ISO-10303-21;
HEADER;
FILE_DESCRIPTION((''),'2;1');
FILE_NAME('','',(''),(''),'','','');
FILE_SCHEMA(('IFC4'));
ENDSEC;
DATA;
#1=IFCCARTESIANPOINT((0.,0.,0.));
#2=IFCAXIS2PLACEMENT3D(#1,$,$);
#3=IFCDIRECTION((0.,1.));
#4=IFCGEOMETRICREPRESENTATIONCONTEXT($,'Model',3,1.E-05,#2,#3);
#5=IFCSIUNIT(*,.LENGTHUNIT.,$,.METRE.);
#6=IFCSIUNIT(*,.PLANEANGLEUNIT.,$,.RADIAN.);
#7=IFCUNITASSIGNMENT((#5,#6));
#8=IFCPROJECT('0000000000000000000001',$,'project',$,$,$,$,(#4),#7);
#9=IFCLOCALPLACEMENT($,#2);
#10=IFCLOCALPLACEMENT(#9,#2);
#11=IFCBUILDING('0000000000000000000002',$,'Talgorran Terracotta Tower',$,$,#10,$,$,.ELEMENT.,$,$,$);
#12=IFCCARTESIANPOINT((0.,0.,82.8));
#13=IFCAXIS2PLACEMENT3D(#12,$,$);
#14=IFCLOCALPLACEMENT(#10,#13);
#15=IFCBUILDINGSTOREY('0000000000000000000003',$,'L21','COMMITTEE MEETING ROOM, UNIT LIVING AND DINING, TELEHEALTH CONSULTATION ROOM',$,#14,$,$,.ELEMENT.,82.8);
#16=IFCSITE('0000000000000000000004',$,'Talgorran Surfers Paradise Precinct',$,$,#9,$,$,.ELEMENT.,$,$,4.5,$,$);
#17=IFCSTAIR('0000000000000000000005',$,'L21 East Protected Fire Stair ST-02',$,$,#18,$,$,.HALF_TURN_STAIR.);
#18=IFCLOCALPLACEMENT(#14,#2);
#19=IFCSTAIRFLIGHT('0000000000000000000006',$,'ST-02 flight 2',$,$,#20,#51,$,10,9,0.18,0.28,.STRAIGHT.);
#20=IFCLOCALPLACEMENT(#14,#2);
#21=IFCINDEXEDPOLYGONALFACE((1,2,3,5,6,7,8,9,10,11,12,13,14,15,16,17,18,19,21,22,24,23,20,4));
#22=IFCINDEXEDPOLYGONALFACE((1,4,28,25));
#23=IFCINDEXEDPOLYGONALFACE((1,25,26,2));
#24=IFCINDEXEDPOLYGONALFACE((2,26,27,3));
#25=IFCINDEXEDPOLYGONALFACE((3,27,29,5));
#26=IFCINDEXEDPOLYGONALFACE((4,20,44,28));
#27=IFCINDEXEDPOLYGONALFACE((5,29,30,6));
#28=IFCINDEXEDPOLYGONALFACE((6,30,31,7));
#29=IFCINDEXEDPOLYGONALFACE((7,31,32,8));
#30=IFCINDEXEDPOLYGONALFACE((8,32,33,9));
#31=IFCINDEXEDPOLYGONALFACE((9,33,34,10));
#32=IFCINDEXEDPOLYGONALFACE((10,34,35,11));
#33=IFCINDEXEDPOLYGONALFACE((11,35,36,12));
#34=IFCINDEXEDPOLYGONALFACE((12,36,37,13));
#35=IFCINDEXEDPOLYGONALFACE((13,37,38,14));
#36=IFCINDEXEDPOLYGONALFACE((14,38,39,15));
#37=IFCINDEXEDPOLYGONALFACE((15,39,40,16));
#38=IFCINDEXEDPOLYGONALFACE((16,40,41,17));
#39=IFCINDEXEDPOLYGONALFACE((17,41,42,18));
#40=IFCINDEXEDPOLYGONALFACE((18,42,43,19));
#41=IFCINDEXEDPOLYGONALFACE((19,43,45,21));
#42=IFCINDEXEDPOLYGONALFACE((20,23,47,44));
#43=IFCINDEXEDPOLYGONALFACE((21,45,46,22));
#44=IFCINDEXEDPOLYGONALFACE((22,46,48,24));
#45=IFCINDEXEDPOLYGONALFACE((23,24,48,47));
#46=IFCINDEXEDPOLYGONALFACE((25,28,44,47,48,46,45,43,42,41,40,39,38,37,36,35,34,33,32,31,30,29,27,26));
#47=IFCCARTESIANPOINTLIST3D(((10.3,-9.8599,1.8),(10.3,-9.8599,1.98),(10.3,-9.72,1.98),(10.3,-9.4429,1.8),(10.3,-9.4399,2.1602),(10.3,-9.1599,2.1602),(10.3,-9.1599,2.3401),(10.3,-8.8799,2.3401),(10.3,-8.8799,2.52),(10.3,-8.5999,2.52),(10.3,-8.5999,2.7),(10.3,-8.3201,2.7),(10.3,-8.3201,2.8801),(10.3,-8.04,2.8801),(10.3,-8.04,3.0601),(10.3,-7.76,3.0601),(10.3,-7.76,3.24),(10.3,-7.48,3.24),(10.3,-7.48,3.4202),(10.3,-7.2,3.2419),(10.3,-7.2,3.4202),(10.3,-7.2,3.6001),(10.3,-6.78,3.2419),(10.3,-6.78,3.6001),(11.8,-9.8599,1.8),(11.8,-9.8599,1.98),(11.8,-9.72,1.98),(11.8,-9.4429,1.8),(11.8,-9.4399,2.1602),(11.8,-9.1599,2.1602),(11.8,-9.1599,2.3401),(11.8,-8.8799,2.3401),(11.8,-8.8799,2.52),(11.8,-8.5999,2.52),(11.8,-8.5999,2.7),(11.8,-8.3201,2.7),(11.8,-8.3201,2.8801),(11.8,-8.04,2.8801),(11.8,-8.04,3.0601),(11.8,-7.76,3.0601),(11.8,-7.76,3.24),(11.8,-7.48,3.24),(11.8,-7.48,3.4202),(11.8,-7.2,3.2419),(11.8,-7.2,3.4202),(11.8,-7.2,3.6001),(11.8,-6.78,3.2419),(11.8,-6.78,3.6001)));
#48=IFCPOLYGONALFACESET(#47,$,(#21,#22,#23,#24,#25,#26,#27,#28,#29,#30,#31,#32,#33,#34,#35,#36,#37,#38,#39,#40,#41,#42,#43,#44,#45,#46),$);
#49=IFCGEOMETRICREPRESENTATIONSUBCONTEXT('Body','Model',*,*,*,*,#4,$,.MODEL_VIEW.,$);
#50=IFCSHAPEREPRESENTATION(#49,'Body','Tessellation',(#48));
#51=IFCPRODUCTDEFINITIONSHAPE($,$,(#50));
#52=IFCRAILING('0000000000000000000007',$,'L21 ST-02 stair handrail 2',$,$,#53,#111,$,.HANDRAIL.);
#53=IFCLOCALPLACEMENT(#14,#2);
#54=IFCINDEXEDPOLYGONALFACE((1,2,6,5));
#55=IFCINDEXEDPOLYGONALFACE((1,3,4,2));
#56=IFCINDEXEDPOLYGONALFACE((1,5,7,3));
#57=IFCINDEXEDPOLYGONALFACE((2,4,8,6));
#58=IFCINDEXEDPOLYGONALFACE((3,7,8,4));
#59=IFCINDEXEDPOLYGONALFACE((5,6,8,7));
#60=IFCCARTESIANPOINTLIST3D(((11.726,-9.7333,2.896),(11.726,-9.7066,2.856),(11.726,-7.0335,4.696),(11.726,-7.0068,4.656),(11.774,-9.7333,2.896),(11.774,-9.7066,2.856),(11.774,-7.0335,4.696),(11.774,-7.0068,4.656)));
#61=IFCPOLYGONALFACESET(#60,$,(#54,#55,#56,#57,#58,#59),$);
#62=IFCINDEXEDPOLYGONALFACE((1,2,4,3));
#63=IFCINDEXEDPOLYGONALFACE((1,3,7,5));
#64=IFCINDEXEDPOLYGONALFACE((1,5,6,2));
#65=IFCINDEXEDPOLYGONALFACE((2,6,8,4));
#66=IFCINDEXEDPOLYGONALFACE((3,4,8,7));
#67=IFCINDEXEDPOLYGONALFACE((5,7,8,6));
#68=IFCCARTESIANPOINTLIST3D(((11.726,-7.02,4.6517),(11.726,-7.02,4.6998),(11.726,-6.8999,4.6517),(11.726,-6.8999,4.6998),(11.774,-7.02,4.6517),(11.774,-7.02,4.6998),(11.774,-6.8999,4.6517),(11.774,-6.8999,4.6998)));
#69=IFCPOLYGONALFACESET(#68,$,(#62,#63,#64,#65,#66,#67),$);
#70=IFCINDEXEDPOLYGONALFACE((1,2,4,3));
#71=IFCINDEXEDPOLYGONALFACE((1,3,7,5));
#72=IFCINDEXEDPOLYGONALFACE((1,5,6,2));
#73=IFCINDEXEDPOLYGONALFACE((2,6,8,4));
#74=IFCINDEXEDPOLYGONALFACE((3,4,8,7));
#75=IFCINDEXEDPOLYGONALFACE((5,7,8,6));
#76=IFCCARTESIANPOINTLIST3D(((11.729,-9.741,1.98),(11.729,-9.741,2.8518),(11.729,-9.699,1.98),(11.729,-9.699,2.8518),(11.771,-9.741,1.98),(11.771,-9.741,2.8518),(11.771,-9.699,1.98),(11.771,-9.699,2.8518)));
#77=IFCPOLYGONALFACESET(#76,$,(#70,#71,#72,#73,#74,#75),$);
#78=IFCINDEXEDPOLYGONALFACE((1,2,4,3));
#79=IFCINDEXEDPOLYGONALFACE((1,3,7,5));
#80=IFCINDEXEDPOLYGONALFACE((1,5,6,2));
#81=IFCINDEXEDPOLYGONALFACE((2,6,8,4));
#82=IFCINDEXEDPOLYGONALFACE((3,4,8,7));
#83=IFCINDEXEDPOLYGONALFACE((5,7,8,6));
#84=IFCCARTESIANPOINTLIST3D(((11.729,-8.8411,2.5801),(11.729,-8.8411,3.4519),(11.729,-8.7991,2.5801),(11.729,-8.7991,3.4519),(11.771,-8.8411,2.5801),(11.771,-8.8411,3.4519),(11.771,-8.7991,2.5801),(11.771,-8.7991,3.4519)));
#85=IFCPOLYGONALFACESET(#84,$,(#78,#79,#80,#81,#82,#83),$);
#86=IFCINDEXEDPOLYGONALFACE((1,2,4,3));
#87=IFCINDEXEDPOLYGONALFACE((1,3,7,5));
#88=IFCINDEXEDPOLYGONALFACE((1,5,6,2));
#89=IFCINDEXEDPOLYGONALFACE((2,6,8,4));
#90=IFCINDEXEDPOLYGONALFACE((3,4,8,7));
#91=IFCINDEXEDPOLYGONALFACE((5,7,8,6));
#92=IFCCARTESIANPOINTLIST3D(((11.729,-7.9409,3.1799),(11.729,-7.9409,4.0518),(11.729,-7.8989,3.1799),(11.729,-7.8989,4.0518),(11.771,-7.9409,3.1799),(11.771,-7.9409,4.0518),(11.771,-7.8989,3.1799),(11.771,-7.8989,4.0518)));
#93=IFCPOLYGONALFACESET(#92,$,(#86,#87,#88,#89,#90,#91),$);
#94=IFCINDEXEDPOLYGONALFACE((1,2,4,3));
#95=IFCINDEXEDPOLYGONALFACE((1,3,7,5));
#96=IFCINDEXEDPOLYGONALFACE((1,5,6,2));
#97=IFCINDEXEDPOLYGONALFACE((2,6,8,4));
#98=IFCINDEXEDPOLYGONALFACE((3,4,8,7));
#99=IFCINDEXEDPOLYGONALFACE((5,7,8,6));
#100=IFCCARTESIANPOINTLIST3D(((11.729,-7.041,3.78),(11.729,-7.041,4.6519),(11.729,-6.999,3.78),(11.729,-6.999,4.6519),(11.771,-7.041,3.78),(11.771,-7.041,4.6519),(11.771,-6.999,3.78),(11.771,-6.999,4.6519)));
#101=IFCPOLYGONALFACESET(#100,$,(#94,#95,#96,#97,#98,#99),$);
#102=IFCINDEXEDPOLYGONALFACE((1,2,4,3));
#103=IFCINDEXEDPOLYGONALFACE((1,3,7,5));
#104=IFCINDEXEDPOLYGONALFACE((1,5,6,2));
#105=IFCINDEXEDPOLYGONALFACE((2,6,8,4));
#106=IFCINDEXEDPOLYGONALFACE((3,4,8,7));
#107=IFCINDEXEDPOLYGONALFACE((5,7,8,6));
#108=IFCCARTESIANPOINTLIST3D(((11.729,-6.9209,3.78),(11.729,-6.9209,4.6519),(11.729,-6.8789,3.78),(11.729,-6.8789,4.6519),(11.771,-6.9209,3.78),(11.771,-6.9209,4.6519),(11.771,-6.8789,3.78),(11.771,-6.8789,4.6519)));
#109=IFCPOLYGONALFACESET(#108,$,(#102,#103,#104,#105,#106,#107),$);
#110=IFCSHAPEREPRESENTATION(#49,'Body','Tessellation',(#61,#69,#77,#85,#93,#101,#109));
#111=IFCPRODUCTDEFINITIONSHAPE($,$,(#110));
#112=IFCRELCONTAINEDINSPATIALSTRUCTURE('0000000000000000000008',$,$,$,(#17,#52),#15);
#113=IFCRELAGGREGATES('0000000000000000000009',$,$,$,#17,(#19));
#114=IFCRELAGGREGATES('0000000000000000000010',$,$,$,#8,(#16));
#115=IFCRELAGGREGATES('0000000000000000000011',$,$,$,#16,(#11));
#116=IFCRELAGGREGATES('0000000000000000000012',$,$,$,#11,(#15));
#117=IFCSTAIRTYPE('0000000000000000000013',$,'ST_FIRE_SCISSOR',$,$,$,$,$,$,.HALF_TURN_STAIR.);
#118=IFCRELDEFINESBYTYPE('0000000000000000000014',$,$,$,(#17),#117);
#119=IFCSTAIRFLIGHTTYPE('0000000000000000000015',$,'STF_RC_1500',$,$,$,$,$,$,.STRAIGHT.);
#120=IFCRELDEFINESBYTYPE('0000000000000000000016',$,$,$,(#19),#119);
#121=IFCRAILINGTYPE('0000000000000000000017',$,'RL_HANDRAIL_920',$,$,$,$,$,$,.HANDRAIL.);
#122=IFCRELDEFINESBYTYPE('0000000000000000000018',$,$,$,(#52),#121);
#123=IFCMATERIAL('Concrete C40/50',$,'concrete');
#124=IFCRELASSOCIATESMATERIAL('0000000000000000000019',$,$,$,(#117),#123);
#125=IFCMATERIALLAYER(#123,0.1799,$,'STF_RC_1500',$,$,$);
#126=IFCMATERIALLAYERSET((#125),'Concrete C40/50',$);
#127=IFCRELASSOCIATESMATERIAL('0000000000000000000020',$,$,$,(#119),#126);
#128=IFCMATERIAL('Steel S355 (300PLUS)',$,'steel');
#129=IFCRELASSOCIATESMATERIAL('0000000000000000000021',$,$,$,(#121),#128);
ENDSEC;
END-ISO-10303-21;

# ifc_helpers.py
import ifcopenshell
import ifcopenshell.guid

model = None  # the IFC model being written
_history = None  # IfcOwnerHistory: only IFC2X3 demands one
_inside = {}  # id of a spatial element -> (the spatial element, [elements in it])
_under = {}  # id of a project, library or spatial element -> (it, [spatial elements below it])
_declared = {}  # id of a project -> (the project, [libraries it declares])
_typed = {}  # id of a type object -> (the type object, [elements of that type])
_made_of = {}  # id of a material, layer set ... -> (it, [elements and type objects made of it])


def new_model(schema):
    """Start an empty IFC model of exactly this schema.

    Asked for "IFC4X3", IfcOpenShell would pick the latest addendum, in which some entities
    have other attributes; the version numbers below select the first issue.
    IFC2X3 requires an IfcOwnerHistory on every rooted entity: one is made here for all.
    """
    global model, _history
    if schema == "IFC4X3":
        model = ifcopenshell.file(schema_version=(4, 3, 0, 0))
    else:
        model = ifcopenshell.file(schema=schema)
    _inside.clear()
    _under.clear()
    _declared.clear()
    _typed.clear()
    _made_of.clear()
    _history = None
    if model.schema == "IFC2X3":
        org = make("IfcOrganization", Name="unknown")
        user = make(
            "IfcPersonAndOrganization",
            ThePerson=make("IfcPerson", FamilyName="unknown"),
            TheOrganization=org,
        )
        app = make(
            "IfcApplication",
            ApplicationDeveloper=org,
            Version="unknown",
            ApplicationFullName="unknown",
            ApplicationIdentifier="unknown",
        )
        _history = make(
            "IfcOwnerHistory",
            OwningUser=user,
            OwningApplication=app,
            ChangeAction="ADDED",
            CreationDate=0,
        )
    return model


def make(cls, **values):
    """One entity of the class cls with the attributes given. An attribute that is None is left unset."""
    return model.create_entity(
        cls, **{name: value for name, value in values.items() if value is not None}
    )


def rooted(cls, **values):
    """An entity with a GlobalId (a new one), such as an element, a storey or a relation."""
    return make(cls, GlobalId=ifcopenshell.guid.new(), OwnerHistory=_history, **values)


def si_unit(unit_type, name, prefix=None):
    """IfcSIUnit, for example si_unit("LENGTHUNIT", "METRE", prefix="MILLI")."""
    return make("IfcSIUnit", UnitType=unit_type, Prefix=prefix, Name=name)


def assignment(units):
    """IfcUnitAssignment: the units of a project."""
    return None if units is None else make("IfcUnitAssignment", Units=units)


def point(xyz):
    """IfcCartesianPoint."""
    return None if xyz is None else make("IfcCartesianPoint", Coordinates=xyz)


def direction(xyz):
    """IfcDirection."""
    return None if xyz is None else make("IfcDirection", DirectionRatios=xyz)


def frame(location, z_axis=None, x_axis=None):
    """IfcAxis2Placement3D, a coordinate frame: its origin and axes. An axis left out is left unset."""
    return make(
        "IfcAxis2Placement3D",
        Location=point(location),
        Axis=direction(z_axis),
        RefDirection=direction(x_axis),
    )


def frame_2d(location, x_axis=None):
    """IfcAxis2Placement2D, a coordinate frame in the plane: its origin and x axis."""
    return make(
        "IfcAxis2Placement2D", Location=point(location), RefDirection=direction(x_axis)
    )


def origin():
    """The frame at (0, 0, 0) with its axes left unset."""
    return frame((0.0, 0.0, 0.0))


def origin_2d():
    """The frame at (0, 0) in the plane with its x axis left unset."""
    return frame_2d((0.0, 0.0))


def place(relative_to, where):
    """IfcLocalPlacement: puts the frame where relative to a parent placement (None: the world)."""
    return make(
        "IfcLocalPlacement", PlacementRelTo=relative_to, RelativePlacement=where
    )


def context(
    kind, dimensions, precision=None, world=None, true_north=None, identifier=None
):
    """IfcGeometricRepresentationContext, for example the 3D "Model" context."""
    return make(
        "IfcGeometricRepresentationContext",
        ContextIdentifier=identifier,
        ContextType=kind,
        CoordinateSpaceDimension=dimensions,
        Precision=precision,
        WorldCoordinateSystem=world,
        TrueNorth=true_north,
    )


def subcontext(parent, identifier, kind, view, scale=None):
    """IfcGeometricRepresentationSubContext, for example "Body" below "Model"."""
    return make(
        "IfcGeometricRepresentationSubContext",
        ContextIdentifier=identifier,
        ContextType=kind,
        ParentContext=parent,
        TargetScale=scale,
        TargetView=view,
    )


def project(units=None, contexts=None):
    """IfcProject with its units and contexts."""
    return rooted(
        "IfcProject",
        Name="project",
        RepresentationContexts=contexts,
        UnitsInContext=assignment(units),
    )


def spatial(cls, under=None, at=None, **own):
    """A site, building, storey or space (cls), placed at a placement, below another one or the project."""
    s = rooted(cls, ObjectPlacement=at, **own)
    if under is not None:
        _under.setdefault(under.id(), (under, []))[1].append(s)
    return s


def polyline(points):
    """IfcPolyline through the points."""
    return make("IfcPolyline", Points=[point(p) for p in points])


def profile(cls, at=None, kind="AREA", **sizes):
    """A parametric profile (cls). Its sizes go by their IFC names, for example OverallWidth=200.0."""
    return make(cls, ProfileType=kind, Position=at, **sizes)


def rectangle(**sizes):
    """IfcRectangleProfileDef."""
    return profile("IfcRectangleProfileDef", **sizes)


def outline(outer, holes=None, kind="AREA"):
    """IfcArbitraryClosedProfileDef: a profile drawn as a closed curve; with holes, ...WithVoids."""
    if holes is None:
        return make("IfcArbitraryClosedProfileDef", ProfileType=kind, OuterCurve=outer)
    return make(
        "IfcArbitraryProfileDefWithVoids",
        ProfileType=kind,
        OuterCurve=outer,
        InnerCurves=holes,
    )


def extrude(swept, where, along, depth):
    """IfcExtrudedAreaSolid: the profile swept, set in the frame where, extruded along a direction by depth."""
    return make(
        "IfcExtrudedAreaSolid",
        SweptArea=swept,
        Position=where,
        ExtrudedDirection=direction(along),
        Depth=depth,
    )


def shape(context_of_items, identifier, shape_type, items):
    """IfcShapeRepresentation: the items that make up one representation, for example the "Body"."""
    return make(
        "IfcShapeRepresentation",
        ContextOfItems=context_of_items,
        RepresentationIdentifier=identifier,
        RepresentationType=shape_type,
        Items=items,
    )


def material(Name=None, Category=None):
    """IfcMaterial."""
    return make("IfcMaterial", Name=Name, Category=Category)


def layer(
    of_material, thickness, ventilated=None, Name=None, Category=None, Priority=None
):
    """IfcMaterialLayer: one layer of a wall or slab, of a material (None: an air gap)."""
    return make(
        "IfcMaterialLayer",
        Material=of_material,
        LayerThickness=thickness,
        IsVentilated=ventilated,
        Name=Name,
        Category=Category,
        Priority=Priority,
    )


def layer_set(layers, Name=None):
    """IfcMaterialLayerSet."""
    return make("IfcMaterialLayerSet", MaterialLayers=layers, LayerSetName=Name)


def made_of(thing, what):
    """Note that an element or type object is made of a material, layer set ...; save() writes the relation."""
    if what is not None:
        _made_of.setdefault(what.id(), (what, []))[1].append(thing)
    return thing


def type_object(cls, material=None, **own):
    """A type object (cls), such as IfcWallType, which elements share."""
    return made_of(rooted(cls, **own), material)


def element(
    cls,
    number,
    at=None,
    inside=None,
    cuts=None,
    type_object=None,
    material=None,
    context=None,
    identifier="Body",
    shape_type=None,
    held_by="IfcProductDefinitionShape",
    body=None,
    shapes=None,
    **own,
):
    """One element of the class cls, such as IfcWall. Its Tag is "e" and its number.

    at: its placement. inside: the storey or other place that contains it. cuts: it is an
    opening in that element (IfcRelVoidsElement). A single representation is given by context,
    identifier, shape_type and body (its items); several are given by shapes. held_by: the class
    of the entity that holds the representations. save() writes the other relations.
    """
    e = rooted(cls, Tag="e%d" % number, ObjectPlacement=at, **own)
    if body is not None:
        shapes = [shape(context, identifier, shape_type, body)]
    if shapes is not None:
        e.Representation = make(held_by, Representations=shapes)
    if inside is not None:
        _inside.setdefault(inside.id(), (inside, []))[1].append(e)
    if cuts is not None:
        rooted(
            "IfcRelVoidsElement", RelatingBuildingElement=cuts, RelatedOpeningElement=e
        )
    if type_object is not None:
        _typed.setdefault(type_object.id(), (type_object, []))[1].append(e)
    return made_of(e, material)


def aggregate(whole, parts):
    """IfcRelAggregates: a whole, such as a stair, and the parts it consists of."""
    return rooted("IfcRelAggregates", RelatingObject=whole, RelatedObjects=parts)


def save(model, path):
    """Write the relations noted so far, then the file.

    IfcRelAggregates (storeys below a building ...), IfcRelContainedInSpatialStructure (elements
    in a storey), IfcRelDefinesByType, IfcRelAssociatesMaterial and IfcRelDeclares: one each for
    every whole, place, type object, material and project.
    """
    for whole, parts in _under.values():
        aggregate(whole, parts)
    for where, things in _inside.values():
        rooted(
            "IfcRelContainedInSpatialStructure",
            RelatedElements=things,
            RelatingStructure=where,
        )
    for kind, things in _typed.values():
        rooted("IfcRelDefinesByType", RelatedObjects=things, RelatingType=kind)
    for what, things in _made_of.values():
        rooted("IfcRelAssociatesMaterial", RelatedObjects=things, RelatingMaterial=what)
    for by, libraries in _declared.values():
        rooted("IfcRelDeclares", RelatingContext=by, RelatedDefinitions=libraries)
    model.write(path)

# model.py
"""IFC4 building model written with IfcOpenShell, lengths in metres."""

from ifc_helpers import new_model, si_unit, direction, frame, origin, origin_2d, place, context, subcontext, project, spatial, polyline, rectangle, outline, extrude, material, layer, layer_set, type_object, element, aggregate, save


model = new_model("IFC4")

# Units and contexts
model_context = context("Model", 3, precision=1e-05, world=origin(), true_north=direction((0.0, 1.0)))
body_context = subcontext(model_context, "Body", "Model", "MODEL_VIEW")
ifc_project = project(units=[si_unit("LENGTHUNIT", "METRE"), si_unit("PLANEANGLEUNIT", "RADIAN")], contexts=[model_context])

# Site, building, storey
site_placement = place(None, origin())
site = spatial("IfcSite", under=ifc_project, at=site_placement, Name="Talgorran Surfers Paradise Precinct", CompositionType="ELEMENT", RefElevation=4.5)
building_placement = place(site_placement, origin())
building = spatial("IfcBuilding", under=site, at=building_placement, Name="Talgorran Terracotta Tower", CompositionType="ELEMENT")
storey_placement = place(building_placement, frame((0.0, 0.0, 82.8)))
storey = spatial("IfcBuildingStorey", under=building, at=storey_placement, Name="L21", Description="COMMITTEE MEETING ROOM, UNIT LIVING AND DINING, TELEHEALTH CONSULTATION ROOM", CompositionType="ELEMENT", Elevation=82.8)

# Shared definitions
ifc_material_1 = material(Name="Steel S355 (300PLUS)", Category="steel")

# Stair, stair flight
ifc_material_2 = material(Name="Concrete C40/50", Category="concrete")
stair_type = type_object("IfcStairType", Name="ST_FIRE_SCISSOR", PredefinedType="HALF_TURN_STAIR", material=ifc_material_2)
stair_placement = place(storey_placement, origin())
stair = element("IfcStair", 1, at=stair_placement, inside=storey, type_object=stair_type, Name="L21 East Protected Fire Stair ST-02", PredefinedType="HALF_TURN_STAIR")
ifc_layer_1 = layer(ifc_material_2, 0.1799, Name="STF_RC_1500")
ifc_layer_set_1 = layer_set([ifc_layer_1], Name="Concrete C40/50")
stair_flight_type = type_object("IfcStairFlightType", Name="STF_RC_1500", PredefinedType="STRAIGHT", material=ifc_layer_set_1)
stair_flight_placement = place(storey_placement, frame((11.05, -9.72, 1.8), z_axis=(0.0, 0.0, 1.0), x_axis=(0.0, 1.0, 0.0)))
stair_flight = element("IfcStairFlight", 2, at=stair_flight_placement, type_object=stair_flight_type, Name="ST-02 flight 2", NumberOfRisers=10, NumberOfTreads=9, PredefinedType="STRAIGHT", RiserHeight=0.18, TreadLength=0.28, context=body_context, shape_type="SweptSolid", body=[
    extrude(outline(polyline([(-0.1399, 0.0), (-0.1399, 0.1799), (0.0, 0.1799), (0.28, 0.3601), (0.5601, 0.3601), (0.5601, 0.54), (0.8401, 0.54), (0.8401, 0.72), (1.1201, 0.72), (1.1201, 0.8999), (1.3999, 0.8999), (1.3999, 1.0801), (1.6799, 1.0801), (1.6799, 1.26), (1.96, 1.26), (1.96, 1.4399), (2.24, 1.4399), (2.24, 1.6201), (2.52, 1.6201), (2.52, 1.8), (2.9399, 1.8), (2.9399, 1.4419), (2.52, 1.4419), (0.2771, 0.0), (-0.1399, 0.0)])), frame((0.0, 0.75, 0.0), z_axis=(0.0, -1.0, 0.0), x_axis=(1.0, 0.0, 0.0)), (0.0, 0.0, 1.0), 1.5),
])
aggregate(stair, [stair_flight])

# Railing
railing_type = type_object("IfcRailingType", Name="RL_HANDRAIL_920", PredefinedType="HANDRAIL", material=ifc_material_1)
railing_placement = place(storey_placement, frame((11.75, -9.72, 1.98)))
element("IfcRailing", 3, at=railing_placement, inside=storey, type_object=railing_type, Name="L21 ST-02 stair handrail 2", PredefinedType="HANDRAIL", context=body_context, shape_type="SweptSolid", body=[
    extrude(rectangle(XDim=0.0481, YDim=0.0481, at=origin_2d()), frame((0.0, 0.0, 0.896), z_axis=(0.0, 0.832039, 0.554718), x_axis=(-1.0, 0.0, 0.0)), (0.0, 0.0, 1.0), 3.2449),
    extrude(rectangle(XDim=0.0481, YDim=0.0481, at=origin_2d()), frame((0.0, 2.7, 2.6958), z_axis=(0.0, 1.0, 0.0), x_axis=(-1.0, 0.0, 0.0)), (0.0, 0.0, 1.0), 0.1201),
    extrude(rectangle(XDim=0.042, YDim=0.042, at=origin_2d()), origin(), (0.0, 0.0, 1.0), 0.8718),
    extrude(rectangle(XDim=0.042, YDim=0.042, at=origin_2d()), frame((0.0, 0.8999, 0.6001)), (0.0, 0.0, 1.0), 0.8718),
    extrude(rectangle(XDim=0.042, YDim=0.042, at=origin_2d()), frame((0.0, 1.8, 1.2)), (0.0, 0.0, 1.0), 0.8718),
    extrude(rectangle(XDim=0.042, YDim=0.042, at=origin_2d()), frame((0.0, 2.7, 1.8)), (0.0, 0.0, 1.0), 0.8718),
    extrude(rectangle(XDim=0.042, YDim=0.042, at=origin_2d()), frame((0.0, 2.8201, 1.8)), (0.0, 0.0, 1.0), 0.8718),
])

save(model, "model.ifc")
